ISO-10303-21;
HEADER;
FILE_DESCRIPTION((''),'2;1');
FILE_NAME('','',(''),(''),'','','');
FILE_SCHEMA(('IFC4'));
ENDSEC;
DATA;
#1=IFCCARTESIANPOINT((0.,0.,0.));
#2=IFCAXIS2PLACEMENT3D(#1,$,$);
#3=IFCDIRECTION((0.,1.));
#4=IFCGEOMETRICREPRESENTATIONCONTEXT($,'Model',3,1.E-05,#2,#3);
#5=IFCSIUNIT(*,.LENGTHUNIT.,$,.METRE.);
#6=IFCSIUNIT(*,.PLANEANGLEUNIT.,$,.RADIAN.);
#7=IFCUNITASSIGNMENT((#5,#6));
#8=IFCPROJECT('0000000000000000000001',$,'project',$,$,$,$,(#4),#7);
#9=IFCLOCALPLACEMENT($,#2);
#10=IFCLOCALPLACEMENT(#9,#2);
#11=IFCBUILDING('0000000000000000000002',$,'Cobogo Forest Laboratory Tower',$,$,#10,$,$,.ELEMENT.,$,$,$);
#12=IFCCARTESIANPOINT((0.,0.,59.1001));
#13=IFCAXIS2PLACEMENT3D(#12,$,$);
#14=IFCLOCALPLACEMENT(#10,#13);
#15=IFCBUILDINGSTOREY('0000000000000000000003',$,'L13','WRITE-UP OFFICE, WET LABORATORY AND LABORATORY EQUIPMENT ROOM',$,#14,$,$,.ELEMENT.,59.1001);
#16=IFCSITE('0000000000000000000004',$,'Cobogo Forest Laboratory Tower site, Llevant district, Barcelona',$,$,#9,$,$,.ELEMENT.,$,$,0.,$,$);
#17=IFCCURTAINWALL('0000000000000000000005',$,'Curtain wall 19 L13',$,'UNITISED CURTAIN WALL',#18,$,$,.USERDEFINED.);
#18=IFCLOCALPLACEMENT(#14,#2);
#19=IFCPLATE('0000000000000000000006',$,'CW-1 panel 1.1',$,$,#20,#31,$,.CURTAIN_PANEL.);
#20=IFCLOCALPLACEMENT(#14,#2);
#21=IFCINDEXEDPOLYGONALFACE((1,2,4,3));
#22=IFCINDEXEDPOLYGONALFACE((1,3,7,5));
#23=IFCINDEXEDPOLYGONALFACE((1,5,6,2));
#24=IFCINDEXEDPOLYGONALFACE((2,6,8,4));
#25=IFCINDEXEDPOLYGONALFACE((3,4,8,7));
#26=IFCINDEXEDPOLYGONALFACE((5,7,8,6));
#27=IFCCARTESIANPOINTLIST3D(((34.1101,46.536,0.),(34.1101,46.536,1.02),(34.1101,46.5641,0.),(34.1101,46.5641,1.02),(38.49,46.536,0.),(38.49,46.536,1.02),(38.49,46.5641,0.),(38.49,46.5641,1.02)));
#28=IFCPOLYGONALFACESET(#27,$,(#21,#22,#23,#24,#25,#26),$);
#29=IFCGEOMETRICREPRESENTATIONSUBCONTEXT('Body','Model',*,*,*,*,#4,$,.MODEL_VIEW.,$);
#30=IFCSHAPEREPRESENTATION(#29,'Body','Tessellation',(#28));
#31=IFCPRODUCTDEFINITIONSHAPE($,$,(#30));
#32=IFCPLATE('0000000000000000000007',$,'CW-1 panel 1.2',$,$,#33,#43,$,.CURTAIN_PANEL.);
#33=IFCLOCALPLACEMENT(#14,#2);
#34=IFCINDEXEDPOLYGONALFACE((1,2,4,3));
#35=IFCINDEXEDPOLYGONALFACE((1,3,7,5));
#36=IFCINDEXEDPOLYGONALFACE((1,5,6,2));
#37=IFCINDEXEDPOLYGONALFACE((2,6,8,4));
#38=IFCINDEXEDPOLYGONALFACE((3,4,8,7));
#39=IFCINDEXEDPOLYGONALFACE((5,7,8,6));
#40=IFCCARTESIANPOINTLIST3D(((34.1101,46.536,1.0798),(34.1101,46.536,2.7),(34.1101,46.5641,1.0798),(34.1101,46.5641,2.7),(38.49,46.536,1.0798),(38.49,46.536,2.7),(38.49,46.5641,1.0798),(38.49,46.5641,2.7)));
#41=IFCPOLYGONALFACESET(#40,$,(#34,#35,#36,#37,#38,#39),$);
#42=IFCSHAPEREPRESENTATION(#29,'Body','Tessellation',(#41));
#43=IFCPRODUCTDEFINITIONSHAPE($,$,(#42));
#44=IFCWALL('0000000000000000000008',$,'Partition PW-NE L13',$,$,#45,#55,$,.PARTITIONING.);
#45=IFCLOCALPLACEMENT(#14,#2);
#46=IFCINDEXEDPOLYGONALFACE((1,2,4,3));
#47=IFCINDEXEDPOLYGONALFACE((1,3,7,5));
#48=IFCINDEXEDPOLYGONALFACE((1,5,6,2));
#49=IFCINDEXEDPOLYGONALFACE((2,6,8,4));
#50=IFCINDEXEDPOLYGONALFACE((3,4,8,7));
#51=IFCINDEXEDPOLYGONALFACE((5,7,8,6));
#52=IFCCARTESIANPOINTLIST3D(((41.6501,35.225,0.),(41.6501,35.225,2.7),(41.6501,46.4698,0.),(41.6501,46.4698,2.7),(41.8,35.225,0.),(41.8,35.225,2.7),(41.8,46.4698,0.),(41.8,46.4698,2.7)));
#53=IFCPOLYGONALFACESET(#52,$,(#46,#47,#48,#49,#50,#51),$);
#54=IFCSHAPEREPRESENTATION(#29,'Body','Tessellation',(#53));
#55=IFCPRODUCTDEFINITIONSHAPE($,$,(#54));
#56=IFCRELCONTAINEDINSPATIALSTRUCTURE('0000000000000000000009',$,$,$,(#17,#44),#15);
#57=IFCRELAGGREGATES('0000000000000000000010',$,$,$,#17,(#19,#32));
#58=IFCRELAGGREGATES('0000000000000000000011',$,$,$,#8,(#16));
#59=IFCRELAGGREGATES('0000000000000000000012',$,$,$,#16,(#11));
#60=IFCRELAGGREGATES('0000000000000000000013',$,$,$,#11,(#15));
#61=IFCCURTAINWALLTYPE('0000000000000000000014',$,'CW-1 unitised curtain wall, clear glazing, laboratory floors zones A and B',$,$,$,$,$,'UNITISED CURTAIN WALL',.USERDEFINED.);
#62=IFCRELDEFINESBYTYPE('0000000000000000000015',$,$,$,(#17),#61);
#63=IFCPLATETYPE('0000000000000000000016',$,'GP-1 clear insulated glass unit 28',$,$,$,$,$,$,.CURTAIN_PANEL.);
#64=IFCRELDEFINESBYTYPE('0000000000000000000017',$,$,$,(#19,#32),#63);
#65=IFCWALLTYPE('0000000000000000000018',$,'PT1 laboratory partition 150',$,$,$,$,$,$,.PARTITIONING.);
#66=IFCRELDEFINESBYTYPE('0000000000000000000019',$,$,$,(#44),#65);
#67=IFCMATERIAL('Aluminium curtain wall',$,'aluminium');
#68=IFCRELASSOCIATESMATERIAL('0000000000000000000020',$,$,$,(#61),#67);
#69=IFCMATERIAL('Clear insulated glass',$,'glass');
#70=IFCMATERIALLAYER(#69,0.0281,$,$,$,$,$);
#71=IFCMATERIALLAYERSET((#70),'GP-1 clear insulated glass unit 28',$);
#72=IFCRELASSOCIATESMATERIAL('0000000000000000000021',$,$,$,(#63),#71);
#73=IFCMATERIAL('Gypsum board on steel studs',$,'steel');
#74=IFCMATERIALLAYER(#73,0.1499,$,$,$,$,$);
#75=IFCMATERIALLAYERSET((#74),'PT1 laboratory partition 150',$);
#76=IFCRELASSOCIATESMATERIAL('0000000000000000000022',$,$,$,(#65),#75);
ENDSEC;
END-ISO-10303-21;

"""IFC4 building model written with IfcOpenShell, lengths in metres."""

from ifc_helpers import new_model, si_unit, direction, frame, frame_2d, origin, origin_2d, place, context, subcontext, project, spatial, rectangle, extrude, material, layer, layer_set, type_object, element, aggregate, save


model = new_model("IFC4")

# Units and contexts
model_context = context("Model", 3, precision=1e-05, world=origin(), true_north=direction((0.0, 1.0)))
body_context = subcontext(model_context, "Body", "Model", "MODEL_VIEW")
ifc_project = project(units=[si_unit("LENGTHUNIT", "METRE"), si_unit("PLANEANGLEUNIT", "RADIAN")], contexts=[model_context])

# Site, building, storey
site_placement = place(None, origin())
site = spatial("IfcSite", under=ifc_project, at=site_placement, Name="Cobogo Forest Laboratory Tower site, Llevant district, Barcelona", CompositionType="ELEMENT", RefElevation=0.0)
building_placement = place(site_placement, origin())
building = spatial("IfcBuilding", under=site, at=building_placement, Name="Cobogo Forest Laboratory Tower", CompositionType="ELEMENT")
storey_placement = place(building_placement, frame((0.0, 0.0, 59.1001)))
storey = spatial("IfcBuildingStorey", under=building, at=storey_placement, Name="L13", Description="WRITE-UP OFFICE, WET LABORATORY AND LABORATORY EQUIPMENT ROOM", CompositionType="ELEMENT", Elevation=59.1001)

# Curtain wall
ifc_material_1 = material(Name="Aluminium curtain wall", Category="aluminium")
curtain_wall_type = type_object("IfcCurtainWallType", Name="CW-1 unitised curtain wall, clear glazing, laboratory floors zones A and B", ElementType="UNITISED CURTAIN WALL", PredefinedType="USERDEFINED", material=ifc_material_1)
curtain_wall_1_placement = place(storey_placement, origin())
curtain_wall_1 = element("IfcCurtainWall", 1, at=curtain_wall_1_placement, inside=storey, type_object=curtain_wall_type, Name="Curtain wall 19 L13", ObjectType="UNITISED CURTAIN WALL", PredefinedType="USERDEFINED")

# Plates
ifc_material_2 = material(Name="Clear insulated glass", Category="glass")
ifc_layer_1 = layer(ifc_material_2, 0.0281)
ifc_layer_set_1 = layer_set([ifc_layer_1], Name="GP-1 clear insulated glass unit 28")
plate_type_1 = type_object("IfcPlateType", Name="GP-1 clear insulated glass unit 28", PredefinedType="CURTAIN_PANEL", material=ifc_layer_set_1)
plate_1_placement = place(storey_placement, frame((36.3, 46.55, 0.0), z_axis=(0.0, 0.0, 1.0), x_axis=(-1.0, 0.0, 0.0)))
plate_1 = element("IfcPlate", 2, at=plate_1_placement, type_object=plate_type_1, Name="CW-1 panel 1.1", PredefinedType="CURTAIN_PANEL", context=body_context, shape_type="SweptSolid", body=[
    extrude(rectangle(XDim=4.3799, YDim=0.0281, at=origin_2d()), origin(), (0.0, 0.0, 1.0), 1.02),
])
plate_2_placement = place(storey_placement, frame((36.3, 46.55, 1.0798), z_axis=(0.0, 0.0, 1.0), x_axis=(-1.0, 0.0, 0.0)))
plate_2 = element("IfcPlate", 3, at=plate_2_placement, type_object=plate_type_1, Name="CW-1 panel 1.2", PredefinedType="CURTAIN_PANEL", context=body_context, shape_type="SweptSolid", body=[
    extrude(rectangle(XDim=4.3799, YDim=0.0281, at=origin_2d()), origin(), (0.0, 0.0, 1.0), 1.6201),
])
aggregate(curtain_wall_1, [plate_1, plate_2])

# Wall
ifc_material_3 = material(Name="Gypsum board on steel studs", Category="steel")
ifc_layer_2 = layer(ifc_material_3, 0.1499)
ifc_layer_set_2 = layer_set([ifc_layer_2], Name="PT1 laboratory partition 150")
wall_type = type_object("IfcWallType", Name="PT1 laboratory partition 150", PredefinedType="PARTITIONING", material=ifc_layer_set_2)
wall_placement = place(storey_placement, frame((41.7251, 46.47, 0.0), z_axis=(0.0, 0.0, 1.0), x_axis=(0.0, -1.0, 0.0)))
element("IfcWall", 4, at=wall_placement, inside=storey, type_object=wall_type, Name="Partition PW-NE L13", PredefinedType="PARTITIONING", context=body_context, shape_type="SweptSolid", body=[
    extrude(rectangle(XDim=11.2449, YDim=0.1499, at=frame_2d((5.6226, 0.0))), origin(), (0.0, 0.0, 1.0), 2.7),
])

save(model, "model.ifc")
